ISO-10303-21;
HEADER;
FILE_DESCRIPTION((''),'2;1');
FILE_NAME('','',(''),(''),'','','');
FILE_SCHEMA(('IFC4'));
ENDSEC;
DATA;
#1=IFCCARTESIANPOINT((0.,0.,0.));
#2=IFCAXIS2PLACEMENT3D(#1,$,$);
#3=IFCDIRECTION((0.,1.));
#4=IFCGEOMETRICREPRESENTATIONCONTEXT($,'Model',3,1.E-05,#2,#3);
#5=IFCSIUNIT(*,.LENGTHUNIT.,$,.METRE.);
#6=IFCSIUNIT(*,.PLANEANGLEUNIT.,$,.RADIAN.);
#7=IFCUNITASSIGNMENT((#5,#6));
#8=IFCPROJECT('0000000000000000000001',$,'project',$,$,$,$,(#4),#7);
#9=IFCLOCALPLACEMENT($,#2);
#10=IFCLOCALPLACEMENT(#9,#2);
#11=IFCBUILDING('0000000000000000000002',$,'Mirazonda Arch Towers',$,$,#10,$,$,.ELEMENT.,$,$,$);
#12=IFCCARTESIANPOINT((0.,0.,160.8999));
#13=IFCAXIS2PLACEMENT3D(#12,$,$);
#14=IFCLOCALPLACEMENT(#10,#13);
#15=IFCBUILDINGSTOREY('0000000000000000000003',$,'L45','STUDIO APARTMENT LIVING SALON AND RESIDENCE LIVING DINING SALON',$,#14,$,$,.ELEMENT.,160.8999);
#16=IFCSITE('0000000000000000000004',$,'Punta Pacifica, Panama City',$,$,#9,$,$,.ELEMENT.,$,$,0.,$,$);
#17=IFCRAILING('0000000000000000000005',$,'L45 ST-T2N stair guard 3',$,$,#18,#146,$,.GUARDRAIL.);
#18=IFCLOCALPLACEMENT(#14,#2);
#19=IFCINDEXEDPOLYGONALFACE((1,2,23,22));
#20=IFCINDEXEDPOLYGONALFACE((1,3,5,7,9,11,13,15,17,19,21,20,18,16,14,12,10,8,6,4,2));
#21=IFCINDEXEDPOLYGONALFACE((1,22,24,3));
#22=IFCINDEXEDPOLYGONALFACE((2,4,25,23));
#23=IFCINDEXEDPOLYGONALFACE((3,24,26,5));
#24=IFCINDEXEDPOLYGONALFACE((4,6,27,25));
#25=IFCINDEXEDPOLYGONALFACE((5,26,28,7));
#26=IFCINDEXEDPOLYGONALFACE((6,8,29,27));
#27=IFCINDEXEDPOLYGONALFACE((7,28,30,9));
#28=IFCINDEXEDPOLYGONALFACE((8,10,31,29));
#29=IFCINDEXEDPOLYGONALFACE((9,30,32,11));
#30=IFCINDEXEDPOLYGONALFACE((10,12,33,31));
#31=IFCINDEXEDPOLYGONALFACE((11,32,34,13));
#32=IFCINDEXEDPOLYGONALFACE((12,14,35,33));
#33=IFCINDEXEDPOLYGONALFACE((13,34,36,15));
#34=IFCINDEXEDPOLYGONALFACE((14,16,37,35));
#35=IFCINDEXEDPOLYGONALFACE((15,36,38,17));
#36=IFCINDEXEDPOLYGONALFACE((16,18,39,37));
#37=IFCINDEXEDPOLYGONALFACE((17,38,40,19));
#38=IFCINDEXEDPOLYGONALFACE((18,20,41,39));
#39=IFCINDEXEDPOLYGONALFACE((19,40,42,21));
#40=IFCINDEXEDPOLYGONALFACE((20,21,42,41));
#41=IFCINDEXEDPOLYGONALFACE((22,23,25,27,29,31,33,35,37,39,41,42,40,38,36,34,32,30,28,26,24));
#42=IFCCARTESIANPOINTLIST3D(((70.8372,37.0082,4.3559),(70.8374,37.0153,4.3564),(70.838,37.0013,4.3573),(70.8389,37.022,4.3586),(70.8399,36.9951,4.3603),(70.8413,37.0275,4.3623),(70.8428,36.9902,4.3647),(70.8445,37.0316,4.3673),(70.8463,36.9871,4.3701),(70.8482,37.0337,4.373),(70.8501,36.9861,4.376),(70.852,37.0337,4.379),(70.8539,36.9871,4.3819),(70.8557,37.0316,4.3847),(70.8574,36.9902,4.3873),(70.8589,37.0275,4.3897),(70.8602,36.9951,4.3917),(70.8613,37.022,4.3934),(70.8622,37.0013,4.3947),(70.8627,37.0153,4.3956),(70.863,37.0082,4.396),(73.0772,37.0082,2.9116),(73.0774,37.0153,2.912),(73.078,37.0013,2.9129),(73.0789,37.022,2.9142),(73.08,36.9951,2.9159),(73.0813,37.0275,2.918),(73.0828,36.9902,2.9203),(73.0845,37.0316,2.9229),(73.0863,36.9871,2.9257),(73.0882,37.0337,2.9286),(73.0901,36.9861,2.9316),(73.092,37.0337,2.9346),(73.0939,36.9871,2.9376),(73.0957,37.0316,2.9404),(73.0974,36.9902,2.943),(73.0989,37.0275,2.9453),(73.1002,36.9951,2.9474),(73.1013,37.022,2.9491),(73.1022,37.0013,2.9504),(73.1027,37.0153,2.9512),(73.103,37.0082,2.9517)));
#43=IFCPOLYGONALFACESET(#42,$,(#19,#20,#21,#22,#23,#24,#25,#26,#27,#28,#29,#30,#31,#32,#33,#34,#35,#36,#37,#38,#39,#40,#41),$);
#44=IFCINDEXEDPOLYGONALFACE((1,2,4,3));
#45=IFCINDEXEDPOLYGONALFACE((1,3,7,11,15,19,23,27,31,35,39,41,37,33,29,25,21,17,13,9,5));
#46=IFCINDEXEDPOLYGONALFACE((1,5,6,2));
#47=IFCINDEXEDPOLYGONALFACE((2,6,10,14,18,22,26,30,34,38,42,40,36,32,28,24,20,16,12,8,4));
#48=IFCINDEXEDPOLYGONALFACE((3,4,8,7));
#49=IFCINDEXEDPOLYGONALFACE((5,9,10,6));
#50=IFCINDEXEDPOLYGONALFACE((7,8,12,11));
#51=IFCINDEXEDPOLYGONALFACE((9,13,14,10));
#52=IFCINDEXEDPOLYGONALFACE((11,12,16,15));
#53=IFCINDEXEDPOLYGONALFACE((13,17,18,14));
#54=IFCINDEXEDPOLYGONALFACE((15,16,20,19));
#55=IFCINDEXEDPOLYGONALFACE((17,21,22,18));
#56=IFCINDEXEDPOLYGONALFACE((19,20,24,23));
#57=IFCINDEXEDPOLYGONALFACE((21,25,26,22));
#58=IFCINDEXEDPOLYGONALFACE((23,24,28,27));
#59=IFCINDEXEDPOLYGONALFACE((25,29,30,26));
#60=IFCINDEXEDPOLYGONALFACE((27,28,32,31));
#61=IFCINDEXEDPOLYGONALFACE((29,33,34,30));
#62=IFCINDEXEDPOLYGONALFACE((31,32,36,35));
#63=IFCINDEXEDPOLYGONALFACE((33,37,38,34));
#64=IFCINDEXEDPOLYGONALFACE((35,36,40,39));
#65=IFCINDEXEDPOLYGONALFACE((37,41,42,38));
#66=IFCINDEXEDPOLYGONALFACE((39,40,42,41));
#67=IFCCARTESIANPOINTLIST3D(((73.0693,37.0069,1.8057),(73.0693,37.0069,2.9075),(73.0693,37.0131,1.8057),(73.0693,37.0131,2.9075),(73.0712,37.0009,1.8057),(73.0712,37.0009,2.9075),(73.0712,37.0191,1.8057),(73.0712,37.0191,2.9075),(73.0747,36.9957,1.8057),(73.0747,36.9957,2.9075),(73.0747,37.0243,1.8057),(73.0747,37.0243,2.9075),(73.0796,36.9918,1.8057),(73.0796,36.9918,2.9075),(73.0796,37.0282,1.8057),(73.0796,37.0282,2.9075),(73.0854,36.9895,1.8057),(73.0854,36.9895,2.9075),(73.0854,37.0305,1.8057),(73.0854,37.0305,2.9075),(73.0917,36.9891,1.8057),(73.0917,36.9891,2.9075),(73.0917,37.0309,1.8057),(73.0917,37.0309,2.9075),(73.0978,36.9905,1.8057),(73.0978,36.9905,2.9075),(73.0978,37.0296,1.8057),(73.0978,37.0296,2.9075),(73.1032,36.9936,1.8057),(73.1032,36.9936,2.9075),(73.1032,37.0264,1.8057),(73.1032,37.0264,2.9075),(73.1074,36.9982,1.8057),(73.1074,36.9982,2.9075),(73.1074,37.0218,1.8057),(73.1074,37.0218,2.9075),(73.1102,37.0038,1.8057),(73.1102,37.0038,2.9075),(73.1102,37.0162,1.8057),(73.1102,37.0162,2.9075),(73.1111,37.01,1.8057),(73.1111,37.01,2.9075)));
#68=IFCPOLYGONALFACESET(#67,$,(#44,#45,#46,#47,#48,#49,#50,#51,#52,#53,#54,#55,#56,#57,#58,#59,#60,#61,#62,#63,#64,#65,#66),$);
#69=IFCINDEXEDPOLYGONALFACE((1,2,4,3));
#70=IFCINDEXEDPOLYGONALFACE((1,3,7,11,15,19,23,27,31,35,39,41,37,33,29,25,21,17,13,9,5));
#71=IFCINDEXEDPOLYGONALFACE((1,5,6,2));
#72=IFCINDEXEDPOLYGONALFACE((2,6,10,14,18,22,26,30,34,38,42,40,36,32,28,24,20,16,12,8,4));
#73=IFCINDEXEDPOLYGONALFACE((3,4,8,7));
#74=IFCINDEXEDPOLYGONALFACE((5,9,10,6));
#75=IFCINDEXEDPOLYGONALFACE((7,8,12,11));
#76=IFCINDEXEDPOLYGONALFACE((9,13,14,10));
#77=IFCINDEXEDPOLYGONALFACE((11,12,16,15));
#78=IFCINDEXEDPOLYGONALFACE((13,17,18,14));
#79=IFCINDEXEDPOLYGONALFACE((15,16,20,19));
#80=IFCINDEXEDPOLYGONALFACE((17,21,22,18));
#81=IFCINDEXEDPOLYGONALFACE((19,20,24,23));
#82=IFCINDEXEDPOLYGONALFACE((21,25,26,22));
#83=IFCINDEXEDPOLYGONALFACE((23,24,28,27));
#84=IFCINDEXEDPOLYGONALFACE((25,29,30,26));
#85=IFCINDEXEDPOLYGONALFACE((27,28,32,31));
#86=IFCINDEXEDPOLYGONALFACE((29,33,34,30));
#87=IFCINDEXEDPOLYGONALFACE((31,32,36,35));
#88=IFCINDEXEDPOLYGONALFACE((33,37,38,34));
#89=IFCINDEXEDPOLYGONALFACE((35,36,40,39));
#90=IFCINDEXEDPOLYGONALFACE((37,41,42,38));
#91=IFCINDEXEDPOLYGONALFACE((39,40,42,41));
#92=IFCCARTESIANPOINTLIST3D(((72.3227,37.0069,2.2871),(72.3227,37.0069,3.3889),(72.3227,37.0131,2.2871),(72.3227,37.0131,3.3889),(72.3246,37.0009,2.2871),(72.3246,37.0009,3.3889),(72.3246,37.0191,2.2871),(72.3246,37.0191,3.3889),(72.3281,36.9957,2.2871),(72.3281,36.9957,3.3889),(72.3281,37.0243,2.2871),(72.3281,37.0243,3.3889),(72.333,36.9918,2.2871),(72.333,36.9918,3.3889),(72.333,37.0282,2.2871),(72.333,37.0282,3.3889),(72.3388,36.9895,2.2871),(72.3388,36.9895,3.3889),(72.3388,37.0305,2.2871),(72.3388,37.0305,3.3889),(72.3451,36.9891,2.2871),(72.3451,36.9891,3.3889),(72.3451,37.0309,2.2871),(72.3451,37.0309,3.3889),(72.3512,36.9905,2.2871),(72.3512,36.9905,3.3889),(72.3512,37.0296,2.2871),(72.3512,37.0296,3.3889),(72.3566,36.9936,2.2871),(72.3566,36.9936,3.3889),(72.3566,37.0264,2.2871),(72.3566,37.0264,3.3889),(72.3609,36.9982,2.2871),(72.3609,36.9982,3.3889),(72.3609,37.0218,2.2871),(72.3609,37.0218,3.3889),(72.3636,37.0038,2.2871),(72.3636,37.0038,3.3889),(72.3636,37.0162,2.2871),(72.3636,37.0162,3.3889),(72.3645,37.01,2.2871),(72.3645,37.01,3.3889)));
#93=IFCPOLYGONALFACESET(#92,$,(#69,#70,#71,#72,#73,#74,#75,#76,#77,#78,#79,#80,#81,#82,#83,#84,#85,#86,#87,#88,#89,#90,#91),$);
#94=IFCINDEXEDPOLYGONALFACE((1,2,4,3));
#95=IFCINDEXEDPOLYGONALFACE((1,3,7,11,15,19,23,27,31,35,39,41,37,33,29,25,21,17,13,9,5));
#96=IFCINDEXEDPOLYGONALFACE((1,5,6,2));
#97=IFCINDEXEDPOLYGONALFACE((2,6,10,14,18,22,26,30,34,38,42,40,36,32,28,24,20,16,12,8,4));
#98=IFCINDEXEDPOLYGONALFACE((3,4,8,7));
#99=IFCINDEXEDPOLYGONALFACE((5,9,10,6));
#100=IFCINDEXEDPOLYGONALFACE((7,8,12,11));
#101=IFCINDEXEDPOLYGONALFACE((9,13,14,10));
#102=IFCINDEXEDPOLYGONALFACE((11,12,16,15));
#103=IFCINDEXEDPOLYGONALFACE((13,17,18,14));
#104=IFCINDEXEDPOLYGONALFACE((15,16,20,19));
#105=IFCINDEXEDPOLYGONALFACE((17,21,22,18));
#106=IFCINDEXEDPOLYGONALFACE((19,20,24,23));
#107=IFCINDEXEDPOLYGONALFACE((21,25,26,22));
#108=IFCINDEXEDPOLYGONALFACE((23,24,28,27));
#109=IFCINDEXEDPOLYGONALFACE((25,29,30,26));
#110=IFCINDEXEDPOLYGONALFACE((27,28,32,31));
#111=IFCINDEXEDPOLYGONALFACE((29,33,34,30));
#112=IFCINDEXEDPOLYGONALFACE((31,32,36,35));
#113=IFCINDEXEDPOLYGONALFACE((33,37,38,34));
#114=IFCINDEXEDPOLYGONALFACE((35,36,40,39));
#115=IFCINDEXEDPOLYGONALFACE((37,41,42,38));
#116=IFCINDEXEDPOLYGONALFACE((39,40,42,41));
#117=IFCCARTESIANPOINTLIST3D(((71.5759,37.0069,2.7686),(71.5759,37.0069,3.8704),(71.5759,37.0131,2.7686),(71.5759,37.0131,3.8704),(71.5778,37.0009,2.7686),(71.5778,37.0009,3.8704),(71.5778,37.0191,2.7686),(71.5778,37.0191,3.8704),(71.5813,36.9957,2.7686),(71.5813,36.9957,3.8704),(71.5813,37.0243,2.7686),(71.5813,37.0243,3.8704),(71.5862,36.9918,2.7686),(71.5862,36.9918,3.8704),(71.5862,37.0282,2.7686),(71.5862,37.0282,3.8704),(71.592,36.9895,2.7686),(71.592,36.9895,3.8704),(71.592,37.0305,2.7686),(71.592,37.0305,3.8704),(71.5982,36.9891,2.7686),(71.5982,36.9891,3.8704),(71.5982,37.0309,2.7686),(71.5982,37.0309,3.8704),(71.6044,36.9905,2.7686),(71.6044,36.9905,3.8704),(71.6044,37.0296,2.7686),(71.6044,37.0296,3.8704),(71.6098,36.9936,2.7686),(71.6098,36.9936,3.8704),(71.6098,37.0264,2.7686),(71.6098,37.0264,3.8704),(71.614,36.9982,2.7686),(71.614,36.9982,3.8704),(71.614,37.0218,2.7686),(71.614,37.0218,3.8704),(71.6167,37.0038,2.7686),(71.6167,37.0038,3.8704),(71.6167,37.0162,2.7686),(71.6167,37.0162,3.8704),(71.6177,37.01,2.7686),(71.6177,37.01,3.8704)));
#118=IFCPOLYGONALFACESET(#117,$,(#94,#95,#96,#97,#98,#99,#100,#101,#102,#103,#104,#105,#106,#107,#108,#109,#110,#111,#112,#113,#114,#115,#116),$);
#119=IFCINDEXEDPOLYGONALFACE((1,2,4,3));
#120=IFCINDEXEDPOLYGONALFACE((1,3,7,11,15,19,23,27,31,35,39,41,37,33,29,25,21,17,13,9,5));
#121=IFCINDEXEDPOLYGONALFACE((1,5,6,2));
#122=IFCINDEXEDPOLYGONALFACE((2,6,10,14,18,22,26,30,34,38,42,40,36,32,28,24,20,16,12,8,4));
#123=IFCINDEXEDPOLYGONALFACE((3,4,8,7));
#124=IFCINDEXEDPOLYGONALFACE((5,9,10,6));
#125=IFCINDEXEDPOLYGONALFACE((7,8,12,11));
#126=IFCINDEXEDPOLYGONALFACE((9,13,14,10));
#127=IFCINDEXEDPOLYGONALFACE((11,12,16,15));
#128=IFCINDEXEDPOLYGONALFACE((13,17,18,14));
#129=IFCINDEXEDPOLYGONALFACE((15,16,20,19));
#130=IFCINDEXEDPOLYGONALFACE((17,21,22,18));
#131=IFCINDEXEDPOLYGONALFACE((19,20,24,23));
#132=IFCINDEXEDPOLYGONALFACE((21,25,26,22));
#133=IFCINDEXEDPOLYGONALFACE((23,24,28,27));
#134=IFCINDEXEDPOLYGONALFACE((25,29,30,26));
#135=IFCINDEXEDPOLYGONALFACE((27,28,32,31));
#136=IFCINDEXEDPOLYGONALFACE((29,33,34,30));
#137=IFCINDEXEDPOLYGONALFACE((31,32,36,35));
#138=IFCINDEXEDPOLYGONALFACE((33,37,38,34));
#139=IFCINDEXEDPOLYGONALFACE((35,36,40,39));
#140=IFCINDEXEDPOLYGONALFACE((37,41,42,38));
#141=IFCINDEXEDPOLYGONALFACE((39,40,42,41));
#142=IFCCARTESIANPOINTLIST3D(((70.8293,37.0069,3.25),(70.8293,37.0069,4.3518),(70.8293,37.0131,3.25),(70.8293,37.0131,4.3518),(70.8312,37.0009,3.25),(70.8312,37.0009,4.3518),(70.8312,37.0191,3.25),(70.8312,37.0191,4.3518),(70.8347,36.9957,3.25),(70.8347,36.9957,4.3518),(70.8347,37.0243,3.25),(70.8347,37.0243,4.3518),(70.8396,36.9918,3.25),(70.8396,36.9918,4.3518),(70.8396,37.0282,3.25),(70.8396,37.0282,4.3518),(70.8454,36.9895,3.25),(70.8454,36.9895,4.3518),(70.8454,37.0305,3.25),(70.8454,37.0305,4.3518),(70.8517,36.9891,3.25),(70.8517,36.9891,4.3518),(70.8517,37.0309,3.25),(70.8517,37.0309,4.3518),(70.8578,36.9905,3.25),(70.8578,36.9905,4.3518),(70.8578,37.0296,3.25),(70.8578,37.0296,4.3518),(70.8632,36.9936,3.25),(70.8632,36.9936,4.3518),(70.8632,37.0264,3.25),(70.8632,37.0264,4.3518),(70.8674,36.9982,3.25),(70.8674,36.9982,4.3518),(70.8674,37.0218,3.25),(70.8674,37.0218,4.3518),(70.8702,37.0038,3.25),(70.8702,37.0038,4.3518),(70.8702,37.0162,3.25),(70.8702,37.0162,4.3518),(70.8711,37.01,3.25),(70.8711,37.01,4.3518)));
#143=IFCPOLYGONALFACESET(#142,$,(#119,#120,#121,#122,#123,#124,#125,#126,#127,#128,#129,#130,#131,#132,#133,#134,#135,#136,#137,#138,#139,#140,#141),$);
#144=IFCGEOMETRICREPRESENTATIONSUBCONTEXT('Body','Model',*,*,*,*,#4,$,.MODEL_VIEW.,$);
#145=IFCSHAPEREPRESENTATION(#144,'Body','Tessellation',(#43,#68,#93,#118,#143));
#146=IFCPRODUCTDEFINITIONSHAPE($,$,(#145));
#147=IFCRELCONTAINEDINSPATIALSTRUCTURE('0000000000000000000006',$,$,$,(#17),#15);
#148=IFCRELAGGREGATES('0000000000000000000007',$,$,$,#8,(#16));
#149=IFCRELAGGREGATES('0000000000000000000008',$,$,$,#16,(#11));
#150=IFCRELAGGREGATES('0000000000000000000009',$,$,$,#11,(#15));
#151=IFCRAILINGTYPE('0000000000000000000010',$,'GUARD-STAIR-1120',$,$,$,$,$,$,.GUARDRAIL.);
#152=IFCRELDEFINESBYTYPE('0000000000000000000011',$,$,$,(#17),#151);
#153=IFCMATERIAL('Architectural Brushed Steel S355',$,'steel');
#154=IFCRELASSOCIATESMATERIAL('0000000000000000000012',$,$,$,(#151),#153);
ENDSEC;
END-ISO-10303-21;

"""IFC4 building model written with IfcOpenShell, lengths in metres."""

from ifc_helpers import new_model, si_unit, direction, frame, origin, origin_2d, place, context, subcontext, project, spatial, circle, extrude, material, type_object, element, save


model = new_model("IFC4")

# Units and contexts
model_context = context("Model", 3, precision=1e-05, world=origin(), true_north=direction((0.0, 1.0)))
body_context = subcontext(model_context, "Body", "Model", "MODEL_VIEW")
ifc_project = project(units=[si_unit("LENGTHUNIT", "METRE"), si_unit("PLANEANGLEUNIT", "RADIAN")], contexts=[model_context])

# Site, building, storey
site_placement = place(None, origin())
site = spatial("IfcSite", under=ifc_project, at=site_placement, Name="Punta Pacifica, Panama City", CompositionType="ELEMENT", RefElevation=0.0)
building_placement = place(site_placement, origin())
building = spatial("IfcBuilding", under=site, at=building_placement, Name="Mirazonda Arch Towers", CompositionType="ELEMENT")
storey_placement = place(building_placement, frame((0.0, 0.0, 160.8999)))
storey = spatial("IfcBuildingStorey", under=building, at=storey_placement, Name="L45", Description="STUDIO APARTMENT LIVING SALON AND RESIDENCE LIVING DINING SALON", CompositionType="ELEMENT", Elevation=160.8999)

# Shared definitions
ifc_material_1 = material(Name="Architectural Brushed Steel S355", Category="steel")

# Railing
railing_type_1 = type_object("IfcRailingType", Name="GUARD-STAIR-1120", PredefinedType="GUARDRAIL", material=ifc_material_1)
railing_1_placement = place(storey_placement, frame((73.0901, 37.01, 1.8057)))
element("IfcRailing", 1, at=railing_1_placement, inside=storey, type_object=railing_type_1, Name="L45 ST-T2N stair guard 3", PredefinedType="GUARDRAIL", context=body_context, shape_type="SweptSolid", body=[
    extrude(circle(Radius=0.0239, at=origin_2d()), frame((0.0, 0.0, 1.126), z_axis=(-0.840437, 0.0, 0.54191), x_axis=(0.0, -1.0, 0.0)), (0.0, 0.0, 1.0), 2.6653),
    extrude(circle(Radius=0.021, at=origin_2d()), origin(), (0.0, 0.0, 1.0), 1.1018),
    extrude(circle(Radius=0.021, at=origin_2d()), frame((-0.7466, 0.0, 0.4814)), (0.0, 0.0, 1.0), 1.1018),
    extrude(circle(Radius=0.021, at=origin_2d()), frame((-1.4934, 0.0, 0.9629)), (0.0, 0.0, 1.0), 1.1018),
    extrude(circle(Radius=0.021, at=origin_2d()), frame((-2.24, 0.0, 1.4443)), (0.0, 0.0, 1.0), 1.1018),
])

save(model, "model.ifc")
